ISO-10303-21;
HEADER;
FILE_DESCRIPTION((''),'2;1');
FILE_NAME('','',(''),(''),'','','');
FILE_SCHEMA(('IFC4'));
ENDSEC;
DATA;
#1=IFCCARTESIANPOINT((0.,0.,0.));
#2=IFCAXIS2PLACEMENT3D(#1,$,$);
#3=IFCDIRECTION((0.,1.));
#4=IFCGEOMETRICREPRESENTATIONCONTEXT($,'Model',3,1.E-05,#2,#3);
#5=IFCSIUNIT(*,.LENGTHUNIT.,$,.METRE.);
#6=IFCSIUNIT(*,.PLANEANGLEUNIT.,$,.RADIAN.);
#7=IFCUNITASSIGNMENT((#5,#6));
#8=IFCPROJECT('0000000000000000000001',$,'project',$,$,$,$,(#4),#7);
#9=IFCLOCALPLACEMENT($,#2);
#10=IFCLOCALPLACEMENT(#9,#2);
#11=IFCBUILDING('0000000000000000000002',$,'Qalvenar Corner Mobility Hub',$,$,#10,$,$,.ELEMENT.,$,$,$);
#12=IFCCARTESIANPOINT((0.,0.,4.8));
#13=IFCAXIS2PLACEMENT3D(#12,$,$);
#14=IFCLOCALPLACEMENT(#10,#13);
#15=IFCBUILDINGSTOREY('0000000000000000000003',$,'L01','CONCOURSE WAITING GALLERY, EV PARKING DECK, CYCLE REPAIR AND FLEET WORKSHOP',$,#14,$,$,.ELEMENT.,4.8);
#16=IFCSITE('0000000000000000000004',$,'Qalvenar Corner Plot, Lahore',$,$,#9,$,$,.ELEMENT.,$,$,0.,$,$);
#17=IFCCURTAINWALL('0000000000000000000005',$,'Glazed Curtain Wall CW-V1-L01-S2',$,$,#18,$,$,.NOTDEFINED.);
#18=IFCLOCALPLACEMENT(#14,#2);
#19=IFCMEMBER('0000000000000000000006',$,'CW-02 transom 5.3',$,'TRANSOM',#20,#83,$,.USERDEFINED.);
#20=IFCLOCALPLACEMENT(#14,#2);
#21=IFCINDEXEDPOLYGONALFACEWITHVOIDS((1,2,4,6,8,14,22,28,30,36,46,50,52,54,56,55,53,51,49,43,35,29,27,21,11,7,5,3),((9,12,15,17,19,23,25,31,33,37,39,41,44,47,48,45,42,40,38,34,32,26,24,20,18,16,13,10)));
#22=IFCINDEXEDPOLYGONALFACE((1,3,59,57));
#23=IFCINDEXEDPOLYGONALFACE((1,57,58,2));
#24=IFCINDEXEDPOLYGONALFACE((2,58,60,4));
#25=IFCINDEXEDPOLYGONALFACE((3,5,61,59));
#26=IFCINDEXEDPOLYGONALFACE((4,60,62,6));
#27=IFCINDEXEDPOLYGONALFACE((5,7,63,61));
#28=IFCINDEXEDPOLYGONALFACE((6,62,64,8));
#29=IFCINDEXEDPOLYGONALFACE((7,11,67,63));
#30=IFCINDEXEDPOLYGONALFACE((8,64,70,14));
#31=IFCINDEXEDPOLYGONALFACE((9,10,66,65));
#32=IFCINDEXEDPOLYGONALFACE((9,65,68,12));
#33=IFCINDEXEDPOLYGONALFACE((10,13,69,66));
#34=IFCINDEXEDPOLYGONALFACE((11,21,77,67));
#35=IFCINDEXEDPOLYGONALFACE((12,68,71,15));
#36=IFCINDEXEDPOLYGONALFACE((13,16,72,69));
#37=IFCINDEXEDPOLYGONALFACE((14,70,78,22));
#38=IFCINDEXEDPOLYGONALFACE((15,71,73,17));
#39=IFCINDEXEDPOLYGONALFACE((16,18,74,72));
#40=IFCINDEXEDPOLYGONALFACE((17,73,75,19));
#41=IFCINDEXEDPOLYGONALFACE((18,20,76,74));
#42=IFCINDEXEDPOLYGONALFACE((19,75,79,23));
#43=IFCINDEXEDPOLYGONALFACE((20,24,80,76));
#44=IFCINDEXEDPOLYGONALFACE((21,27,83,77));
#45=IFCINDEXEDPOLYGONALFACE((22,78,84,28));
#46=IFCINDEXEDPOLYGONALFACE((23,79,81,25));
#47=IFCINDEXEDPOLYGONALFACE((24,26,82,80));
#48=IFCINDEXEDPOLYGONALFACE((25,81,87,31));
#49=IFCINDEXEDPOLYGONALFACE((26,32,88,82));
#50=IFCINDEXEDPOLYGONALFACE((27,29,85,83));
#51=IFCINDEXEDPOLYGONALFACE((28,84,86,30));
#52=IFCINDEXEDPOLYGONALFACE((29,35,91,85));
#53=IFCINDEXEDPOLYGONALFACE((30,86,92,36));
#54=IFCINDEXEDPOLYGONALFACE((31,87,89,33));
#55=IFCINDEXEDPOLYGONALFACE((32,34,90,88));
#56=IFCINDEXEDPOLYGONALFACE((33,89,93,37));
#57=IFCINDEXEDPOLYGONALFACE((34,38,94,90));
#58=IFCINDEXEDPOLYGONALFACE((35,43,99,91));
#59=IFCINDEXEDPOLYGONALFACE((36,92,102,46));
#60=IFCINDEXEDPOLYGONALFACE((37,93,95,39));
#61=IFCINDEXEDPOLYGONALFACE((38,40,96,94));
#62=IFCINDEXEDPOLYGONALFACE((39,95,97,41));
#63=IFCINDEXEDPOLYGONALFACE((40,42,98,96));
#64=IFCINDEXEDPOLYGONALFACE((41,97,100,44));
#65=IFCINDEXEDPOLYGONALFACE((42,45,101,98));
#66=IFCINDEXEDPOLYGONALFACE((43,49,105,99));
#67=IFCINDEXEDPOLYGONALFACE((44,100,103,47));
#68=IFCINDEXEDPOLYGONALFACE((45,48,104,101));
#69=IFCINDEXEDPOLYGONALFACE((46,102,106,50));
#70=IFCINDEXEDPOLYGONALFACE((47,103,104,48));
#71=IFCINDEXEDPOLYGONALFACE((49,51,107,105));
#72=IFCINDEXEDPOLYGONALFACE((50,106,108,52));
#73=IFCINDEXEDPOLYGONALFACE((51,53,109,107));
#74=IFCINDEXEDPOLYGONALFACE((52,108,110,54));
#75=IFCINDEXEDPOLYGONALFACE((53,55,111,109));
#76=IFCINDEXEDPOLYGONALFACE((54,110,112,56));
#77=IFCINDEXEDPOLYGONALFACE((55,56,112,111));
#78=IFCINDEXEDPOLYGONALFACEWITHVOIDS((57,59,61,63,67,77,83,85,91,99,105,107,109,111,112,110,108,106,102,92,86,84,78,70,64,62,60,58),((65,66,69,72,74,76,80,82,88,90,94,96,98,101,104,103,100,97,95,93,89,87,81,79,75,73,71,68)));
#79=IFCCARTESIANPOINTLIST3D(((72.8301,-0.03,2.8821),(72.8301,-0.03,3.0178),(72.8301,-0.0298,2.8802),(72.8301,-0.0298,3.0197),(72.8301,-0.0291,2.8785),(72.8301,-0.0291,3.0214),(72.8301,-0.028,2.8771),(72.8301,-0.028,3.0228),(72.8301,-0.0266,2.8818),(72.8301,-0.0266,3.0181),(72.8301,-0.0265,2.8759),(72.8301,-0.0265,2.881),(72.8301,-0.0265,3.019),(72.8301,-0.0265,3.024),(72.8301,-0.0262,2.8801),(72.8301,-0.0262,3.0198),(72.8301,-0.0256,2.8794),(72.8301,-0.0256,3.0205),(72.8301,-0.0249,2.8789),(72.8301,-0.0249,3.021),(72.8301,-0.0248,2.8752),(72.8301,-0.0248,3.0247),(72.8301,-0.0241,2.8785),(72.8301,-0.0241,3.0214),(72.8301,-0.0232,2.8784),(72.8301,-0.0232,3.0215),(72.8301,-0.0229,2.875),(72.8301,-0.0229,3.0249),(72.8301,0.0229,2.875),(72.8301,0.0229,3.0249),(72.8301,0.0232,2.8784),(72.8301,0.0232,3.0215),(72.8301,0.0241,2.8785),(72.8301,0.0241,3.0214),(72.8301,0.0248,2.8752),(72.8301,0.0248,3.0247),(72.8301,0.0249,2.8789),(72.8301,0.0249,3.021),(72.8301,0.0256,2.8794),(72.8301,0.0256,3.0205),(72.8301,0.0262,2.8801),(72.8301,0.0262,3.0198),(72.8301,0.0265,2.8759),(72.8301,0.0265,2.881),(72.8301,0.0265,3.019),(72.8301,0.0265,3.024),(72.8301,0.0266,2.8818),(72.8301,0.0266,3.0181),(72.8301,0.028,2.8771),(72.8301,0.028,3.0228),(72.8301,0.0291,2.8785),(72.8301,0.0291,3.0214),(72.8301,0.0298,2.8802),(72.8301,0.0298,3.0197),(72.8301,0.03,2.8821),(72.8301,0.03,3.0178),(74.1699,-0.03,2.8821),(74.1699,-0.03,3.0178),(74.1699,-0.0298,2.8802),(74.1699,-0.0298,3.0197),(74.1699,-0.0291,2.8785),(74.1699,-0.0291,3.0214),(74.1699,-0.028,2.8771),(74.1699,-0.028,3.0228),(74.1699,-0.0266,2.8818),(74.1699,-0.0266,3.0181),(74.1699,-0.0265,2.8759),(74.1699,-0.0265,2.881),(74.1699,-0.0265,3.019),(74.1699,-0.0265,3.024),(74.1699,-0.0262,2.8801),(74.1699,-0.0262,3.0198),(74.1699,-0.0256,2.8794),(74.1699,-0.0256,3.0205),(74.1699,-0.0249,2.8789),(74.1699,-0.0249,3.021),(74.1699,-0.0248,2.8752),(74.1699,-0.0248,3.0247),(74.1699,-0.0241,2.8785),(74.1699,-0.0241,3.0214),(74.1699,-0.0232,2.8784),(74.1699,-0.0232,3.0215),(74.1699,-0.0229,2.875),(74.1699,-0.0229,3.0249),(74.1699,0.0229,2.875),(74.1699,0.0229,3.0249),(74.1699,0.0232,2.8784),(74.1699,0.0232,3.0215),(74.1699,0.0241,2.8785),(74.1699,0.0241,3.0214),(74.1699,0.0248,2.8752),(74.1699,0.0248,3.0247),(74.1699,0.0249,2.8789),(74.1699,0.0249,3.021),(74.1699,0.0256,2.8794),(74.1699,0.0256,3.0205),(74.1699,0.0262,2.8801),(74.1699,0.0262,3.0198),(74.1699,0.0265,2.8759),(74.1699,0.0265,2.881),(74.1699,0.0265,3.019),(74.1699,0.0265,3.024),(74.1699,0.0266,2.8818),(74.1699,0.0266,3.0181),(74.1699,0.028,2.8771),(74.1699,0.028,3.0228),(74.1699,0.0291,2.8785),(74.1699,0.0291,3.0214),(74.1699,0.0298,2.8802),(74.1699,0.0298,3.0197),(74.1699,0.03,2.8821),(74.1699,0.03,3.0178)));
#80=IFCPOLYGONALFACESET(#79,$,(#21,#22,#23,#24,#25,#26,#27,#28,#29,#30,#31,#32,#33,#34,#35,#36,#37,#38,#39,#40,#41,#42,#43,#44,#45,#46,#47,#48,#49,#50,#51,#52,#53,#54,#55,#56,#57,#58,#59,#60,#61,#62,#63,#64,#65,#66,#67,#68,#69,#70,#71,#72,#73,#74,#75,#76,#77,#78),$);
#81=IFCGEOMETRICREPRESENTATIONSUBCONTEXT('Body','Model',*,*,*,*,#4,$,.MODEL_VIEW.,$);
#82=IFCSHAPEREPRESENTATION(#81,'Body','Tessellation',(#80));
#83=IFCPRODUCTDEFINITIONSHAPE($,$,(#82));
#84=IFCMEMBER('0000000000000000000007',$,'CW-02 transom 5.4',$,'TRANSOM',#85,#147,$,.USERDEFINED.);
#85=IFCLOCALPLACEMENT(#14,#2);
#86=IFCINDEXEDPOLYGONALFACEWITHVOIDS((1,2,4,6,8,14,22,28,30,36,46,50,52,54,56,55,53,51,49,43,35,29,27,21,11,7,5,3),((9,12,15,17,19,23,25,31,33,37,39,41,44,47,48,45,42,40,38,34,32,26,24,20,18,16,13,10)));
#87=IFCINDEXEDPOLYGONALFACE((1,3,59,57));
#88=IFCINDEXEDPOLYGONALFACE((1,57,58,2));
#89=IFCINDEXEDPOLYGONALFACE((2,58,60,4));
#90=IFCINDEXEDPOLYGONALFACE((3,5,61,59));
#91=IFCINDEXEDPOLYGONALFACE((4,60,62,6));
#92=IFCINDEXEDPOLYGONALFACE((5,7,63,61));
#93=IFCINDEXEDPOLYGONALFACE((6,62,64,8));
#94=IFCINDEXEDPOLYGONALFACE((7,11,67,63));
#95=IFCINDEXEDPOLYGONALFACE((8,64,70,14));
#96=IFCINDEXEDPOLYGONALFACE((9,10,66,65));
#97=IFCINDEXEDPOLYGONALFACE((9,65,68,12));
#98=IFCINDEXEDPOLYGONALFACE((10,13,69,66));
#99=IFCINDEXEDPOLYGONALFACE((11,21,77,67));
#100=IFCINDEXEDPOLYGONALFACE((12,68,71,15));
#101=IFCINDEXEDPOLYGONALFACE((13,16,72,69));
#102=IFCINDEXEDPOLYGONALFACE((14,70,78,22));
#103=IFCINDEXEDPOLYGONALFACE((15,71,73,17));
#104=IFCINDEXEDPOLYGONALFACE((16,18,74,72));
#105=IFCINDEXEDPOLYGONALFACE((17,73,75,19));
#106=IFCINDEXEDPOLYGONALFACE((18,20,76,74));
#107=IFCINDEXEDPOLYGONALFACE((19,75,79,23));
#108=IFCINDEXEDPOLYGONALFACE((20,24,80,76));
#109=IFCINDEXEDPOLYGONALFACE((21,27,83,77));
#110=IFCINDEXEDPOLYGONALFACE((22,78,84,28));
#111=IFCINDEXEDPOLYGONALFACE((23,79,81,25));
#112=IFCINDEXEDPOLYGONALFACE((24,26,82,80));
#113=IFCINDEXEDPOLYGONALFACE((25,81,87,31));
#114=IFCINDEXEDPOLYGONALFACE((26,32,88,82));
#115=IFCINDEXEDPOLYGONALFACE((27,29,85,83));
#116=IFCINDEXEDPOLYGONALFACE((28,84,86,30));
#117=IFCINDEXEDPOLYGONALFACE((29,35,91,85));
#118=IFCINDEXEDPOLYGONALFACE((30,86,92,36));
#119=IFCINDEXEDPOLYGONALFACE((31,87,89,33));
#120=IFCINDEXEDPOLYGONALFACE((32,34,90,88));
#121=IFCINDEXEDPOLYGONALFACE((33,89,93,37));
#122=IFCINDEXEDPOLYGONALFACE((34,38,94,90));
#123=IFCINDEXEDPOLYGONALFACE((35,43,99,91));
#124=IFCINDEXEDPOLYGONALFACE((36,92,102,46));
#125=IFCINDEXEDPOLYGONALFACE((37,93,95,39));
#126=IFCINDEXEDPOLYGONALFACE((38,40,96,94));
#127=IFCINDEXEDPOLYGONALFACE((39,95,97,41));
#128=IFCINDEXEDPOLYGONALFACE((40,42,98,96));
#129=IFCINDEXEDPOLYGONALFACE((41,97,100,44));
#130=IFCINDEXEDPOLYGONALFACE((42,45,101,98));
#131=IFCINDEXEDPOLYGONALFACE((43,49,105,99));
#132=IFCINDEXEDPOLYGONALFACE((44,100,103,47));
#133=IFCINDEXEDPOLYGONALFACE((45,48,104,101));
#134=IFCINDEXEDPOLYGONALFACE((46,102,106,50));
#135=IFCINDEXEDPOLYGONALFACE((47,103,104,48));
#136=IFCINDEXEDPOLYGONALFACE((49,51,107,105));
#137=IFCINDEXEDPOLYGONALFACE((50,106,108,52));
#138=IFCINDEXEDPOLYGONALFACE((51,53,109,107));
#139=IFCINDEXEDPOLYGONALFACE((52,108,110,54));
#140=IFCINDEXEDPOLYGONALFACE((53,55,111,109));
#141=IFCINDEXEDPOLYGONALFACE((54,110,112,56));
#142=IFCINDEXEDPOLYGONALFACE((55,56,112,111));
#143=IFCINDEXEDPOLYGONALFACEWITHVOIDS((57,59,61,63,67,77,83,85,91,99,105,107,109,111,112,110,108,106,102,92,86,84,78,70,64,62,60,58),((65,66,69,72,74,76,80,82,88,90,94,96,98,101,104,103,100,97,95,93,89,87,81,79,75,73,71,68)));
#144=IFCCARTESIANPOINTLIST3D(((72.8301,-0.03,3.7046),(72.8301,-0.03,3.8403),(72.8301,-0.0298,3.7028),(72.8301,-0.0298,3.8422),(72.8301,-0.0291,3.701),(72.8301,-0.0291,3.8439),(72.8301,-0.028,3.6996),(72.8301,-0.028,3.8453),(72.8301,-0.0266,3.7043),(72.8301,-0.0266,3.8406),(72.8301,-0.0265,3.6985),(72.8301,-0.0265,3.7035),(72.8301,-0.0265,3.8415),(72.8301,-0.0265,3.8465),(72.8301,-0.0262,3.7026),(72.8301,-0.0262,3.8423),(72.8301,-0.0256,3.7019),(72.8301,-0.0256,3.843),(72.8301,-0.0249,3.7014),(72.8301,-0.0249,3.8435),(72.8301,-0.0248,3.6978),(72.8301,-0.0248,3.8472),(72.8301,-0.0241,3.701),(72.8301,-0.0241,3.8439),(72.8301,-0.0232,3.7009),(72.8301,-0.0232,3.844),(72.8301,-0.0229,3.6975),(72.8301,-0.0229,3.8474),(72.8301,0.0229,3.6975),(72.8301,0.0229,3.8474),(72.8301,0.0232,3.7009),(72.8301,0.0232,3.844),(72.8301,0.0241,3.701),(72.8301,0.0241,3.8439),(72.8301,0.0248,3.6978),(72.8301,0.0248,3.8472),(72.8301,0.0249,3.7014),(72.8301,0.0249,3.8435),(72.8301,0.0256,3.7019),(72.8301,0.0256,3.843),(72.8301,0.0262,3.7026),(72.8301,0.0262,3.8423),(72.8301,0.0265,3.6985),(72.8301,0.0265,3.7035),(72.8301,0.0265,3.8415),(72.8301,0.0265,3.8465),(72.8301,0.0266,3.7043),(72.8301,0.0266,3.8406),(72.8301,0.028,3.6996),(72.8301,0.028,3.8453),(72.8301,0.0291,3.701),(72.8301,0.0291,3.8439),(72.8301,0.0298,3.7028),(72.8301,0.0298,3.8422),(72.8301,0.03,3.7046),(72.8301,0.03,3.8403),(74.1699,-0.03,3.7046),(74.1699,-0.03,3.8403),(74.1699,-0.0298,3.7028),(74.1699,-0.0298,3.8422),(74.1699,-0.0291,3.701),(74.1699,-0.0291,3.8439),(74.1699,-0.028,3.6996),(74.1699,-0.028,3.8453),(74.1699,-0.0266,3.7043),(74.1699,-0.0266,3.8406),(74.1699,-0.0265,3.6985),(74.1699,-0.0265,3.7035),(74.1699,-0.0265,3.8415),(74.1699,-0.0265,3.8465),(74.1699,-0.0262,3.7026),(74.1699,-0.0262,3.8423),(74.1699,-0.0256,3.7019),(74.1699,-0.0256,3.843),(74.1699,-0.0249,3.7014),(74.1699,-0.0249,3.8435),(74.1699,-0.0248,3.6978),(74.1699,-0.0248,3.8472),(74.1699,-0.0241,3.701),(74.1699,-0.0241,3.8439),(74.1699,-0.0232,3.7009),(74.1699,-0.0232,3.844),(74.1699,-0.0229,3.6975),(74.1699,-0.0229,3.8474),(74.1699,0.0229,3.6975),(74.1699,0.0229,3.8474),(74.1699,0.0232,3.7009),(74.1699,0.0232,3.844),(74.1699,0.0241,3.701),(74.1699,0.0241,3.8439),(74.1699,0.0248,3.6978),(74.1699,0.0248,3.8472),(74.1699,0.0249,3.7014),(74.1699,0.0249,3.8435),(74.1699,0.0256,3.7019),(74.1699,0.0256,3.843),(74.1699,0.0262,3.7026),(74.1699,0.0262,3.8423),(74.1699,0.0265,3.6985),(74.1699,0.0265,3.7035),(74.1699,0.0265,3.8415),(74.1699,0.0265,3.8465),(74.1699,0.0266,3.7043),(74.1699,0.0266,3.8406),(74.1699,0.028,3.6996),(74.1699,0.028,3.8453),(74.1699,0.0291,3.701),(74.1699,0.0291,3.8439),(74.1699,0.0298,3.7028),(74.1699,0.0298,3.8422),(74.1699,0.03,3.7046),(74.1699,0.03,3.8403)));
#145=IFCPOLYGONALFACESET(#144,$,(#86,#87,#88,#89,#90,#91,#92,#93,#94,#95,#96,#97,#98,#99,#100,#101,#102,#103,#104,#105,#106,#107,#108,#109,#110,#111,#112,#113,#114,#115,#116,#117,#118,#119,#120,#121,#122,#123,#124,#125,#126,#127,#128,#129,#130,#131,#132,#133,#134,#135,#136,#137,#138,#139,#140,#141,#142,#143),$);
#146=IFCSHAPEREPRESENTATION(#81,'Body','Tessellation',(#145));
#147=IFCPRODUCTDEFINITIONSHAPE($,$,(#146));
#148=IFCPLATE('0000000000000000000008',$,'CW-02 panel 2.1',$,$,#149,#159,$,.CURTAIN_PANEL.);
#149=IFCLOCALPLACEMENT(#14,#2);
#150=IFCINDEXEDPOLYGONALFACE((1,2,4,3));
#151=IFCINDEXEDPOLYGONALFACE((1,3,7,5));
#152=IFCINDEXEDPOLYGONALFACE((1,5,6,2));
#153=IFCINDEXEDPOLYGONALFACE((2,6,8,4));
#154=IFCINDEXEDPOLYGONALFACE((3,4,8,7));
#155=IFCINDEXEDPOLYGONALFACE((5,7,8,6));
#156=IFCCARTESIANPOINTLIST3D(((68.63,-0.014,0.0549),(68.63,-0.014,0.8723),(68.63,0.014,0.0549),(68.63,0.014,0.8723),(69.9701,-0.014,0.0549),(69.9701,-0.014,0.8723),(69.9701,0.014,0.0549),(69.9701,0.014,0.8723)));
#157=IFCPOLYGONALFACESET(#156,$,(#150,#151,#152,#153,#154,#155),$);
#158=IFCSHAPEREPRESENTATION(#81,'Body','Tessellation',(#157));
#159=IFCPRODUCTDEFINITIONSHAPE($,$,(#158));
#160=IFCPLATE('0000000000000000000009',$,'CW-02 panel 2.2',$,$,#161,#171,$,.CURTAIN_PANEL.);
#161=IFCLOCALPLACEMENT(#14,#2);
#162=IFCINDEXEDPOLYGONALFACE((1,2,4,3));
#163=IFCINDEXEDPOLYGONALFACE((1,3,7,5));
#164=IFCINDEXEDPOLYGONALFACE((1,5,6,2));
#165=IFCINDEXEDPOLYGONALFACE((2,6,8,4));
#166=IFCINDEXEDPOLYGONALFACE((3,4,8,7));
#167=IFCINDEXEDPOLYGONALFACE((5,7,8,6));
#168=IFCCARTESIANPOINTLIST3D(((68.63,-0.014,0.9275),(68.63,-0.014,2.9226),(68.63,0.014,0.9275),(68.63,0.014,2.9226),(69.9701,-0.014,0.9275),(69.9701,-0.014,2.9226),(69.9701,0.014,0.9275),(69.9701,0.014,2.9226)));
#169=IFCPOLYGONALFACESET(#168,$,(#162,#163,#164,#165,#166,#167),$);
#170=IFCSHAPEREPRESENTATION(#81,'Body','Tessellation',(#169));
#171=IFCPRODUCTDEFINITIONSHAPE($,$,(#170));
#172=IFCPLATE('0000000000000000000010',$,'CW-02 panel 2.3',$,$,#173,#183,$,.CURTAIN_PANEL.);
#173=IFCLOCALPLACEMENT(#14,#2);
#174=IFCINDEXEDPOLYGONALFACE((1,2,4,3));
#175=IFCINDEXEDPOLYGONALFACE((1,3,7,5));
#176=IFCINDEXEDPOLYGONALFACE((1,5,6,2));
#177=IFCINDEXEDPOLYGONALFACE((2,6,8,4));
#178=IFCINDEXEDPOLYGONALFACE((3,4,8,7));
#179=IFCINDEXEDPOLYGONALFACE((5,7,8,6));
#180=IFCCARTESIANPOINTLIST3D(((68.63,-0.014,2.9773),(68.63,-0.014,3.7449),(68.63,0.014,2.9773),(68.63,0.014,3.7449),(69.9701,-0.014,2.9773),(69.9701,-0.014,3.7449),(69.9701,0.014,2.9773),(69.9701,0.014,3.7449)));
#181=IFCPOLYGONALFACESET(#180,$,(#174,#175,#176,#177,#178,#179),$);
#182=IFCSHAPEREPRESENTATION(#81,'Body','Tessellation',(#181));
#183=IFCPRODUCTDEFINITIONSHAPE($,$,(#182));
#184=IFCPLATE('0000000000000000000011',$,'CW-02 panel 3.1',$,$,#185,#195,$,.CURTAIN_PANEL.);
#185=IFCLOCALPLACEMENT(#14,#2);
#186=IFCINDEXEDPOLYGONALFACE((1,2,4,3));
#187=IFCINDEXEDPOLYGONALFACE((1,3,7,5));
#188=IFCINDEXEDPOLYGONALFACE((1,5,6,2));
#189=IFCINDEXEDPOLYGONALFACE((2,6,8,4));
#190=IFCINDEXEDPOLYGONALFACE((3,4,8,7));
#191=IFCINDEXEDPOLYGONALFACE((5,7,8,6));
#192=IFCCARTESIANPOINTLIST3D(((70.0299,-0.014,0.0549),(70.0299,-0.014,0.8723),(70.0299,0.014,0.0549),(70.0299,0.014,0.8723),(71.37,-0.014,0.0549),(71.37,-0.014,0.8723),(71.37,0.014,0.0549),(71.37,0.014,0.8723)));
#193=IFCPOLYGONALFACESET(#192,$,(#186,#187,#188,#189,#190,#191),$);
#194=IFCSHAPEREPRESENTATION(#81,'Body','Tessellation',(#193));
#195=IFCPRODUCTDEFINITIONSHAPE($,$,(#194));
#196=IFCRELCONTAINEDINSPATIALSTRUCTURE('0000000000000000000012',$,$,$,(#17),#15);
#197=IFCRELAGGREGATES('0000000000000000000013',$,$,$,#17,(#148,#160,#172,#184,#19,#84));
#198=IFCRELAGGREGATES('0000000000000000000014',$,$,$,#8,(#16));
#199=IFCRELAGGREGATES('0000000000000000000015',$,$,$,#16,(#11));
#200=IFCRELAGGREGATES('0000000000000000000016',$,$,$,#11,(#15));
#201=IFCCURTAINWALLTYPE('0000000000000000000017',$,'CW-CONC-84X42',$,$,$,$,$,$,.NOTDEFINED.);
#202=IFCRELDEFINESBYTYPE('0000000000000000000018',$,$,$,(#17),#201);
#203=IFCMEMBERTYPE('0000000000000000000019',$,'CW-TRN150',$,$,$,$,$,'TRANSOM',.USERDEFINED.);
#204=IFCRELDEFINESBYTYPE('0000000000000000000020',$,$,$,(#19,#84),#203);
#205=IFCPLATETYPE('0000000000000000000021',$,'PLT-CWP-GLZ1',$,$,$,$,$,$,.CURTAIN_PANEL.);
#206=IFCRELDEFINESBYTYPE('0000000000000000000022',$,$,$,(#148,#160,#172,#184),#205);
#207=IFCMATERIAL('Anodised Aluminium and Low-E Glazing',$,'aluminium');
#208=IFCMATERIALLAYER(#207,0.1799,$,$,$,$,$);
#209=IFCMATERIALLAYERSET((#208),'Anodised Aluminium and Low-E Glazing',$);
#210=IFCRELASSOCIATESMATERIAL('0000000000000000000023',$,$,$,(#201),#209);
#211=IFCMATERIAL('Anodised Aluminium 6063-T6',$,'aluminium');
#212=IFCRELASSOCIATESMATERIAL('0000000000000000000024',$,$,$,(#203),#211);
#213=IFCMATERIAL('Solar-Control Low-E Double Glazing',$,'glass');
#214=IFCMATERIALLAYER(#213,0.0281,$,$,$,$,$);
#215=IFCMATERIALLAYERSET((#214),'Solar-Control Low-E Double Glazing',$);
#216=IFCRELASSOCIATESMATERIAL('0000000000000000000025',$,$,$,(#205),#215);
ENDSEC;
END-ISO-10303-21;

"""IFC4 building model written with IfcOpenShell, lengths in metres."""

from ifc_helpers import new_model, si_unit, direction, frame, origin, origin_2d, place, context, subcontext, project, spatial, rectangle, hollow_rectangle, extrude, material, layer, layer_set, material_profile, profile_set, type_object, element, aggregate, save


model = new_model("IFC4")

# Units and contexts
model_context = context("Model", 3, precision=1e-05, world=origin(), true_north=direction((0.0, 1.0)))
body_context = subcontext(model_context, "Body", "Model", "MODEL_VIEW")
ifc_project = project(units=[si_unit("LENGTHUNIT", "METRE"), si_unit("PLANEANGLEUNIT", "RADIAN")], contexts=[model_context])

# Site, building, storey
site_placement = place(None, origin())
site = spatial("IfcSite", under=ifc_project, at=site_placement, Name="Qalvenar Corner Plot, Lahore", CompositionType="ELEMENT", RefElevation=0.0)
building_placement = place(site_placement, origin())
building = spatial("IfcBuilding", under=site, at=building_placement, Name="Qalvenar Corner Mobility Hub", CompositionType="ELEMENT")
storey_placement = place(building_placement, frame((0.0, 0.0, 4.8)))
storey = spatial("IfcBuildingStorey", under=building, at=storey_placement, Name="L01", Description="CONCOURSE WAITING GALLERY, EV PARKING DECK, CYCLE REPAIR AND FLEET WORKSHOP", CompositionType="ELEMENT", Elevation=4.8)

# Curtain wall, members, plates
ifc_material_1 = material(Name="Anodised Aluminium and Low-E Glazing", Category="aluminium")
ifc_layer_1 = layer(ifc_material_1, 0.1799)
ifc_layer_set_1 = layer_set([ifc_layer_1], Name="Anodised Aluminium and Low-E Glazing")
curtain_wall_type = type_object("IfcCurtainWallType", Name="CW-CONC-84X42", PredefinedType="NOTDEFINED", material=ifc_layer_set_1)
curtain_wall_placement = place(storey_placement, origin())
curtain_wall = element("IfcCurtainWall", 1, at=curtain_wall_placement, inside=storey, type_object=curtain_wall_type, Name="Glazed Curtain Wall CW-V1-L01-S2", PredefinedType="NOTDEFINED")
ifc_material_2 = material(Name="Anodised Aluminium 6063-T6", Category="aluminium")
ifc_material_profile_1 = material_profile(ifc_material_2, hollow_rectangle(XDim=0.0601, YDim=0.1499, WallThickness=0.0034, InnerFilletRadius=0.0034, OuterFilletRadius=0.0071, at=origin_2d()), Name="RHS150x60x3.5")
ifc_profile_set_1 = profile_set([ifc_material_profile_1], Name="Anodised Aluminium 6063-T6")
member_type_1 = type_object("IfcMemberType", Name="CW-TRN150", ElementType="TRANSOM", PredefinedType="USERDEFINED", material=ifc_profile_set_1)
member_1_placement = place(storey_placement, frame((72.8301, 0.0, 2.95), z_axis=(1.0, 0.0, 0.0), x_axis=(0.0, 1.0, 0.0)))
member_1 = element("IfcMember", 2, at=member_1_placement, type_object=member_type_1, Name="CW-02 transom 5.3", ObjectType="TRANSOM", PredefinedType="USERDEFINED", context=body_context, shape_type="SweptSolid", body=[
    extrude(hollow_rectangle(XDim=0.0601, YDim=0.1499, WallThickness=0.0034, InnerFilletRadius=0.0034, OuterFilletRadius=0.0071, at=origin_2d()), origin(), (0.0, 0.0, 1.0), 1.3398),
])
member_2_placement = place(storey_placement, frame((72.8301, 0.0, 3.7725), z_axis=(1.0, 0.0, 0.0), x_axis=(0.0, 1.0, 0.0)))
member_2 = element("IfcMember", 3, at=member_2_placement, type_object=member_type_1, Name="CW-02 transom 5.4", ObjectType="TRANSOM", PredefinedType="USERDEFINED", context=body_context, shape_type="SweptSolid", body=[
    extrude(hollow_rectangle(XDim=0.0601, YDim=0.1499, WallThickness=0.0034, InnerFilletRadius=0.0034, OuterFilletRadius=0.0071, at=origin_2d()), origin(), (0.0, 0.0, 1.0), 1.3398),
])
ifc_material_3 = material(Name="Solar-Control Low-E Double Glazing", Category="glass")
ifc_layer_2 = layer(ifc_material_3, 0.0281)
ifc_layer_set_2 = layer_set([ifc_layer_2], Name="Solar-Control Low-E Double Glazing")
plate_type = type_object("IfcPlateType", Name="PLT-CWP-GLZ1", PredefinedType="CURTAIN_PANEL", material=ifc_layer_set_2)
plate_1_placement = place(storey_placement, frame((69.3, 0.0, 0.0549), z_axis=(0.0, 0.0, 1.0), x_axis=(1.0, 0.0, 0.0)))
plate_1 = element("IfcPlate", 4, at=plate_1_placement, type_object=plate_type, Name="CW-02 panel 2.1", PredefinedType="CURTAIN_PANEL", context=body_context, shape_type="SweptSolid", body=[
    extrude(rectangle(XDim=1.3401, YDim=0.0281, at=origin_2d()), origin(), (0.0, 0.0, 1.0), 0.8174),
])
plate_2_placement = place(storey_placement, frame((69.3, 0.0, 0.9275), z_axis=(0.0, 0.0, 1.0), x_axis=(1.0, 0.0, 0.0)))
plate_2 = element("IfcPlate", 5, at=plate_2_placement, type_object=plate_type, Name="CW-02 panel 2.2", PredefinedType="CURTAIN_PANEL", context=body_context, shape_type="SweptSolid", body=[
    extrude(rectangle(XDim=1.3401, YDim=0.0281, at=origin_2d()), origin(), (0.0, 0.0, 1.0), 1.9951),
])
plate_3_placement = place(storey_placement, frame((69.3, 0.0, 2.9773), z_axis=(0.0, 0.0, 1.0), x_axis=(1.0, 0.0, 0.0)))
plate_3 = element("IfcPlate", 6, at=plate_3_placement, type_object=plate_type, Name="CW-02 panel 2.3", PredefinedType="CURTAIN_PANEL", context=body_context, shape_type="SweptSolid", body=[
    extrude(rectangle(XDim=1.3401, YDim=0.0281, at=origin_2d()), origin(), (0.0, 0.0, 1.0), 0.7676),
])
plate_4_placement = place(storey_placement, frame((70.7, 0.0, 0.0549), z_axis=(0.0, 0.0, 1.0), x_axis=(1.0, 0.0, 0.0)))
plate_4 = element("IfcPlate", 7, at=plate_4_placement, type_object=plate_type, Name="CW-02 panel 3.1", PredefinedType="CURTAIN_PANEL", context=body_context, shape_type="SweptSolid", body=[
    extrude(rectangle(XDim=1.3401, YDim=0.0281, at=origin_2d()), origin(), (0.0, 0.0, 1.0), 0.8174),
])
aggregate(curtain_wall, [plate_1, plate_2, plate_3, plate_4, member_1, member_2])

save(model, "model.ifc")
